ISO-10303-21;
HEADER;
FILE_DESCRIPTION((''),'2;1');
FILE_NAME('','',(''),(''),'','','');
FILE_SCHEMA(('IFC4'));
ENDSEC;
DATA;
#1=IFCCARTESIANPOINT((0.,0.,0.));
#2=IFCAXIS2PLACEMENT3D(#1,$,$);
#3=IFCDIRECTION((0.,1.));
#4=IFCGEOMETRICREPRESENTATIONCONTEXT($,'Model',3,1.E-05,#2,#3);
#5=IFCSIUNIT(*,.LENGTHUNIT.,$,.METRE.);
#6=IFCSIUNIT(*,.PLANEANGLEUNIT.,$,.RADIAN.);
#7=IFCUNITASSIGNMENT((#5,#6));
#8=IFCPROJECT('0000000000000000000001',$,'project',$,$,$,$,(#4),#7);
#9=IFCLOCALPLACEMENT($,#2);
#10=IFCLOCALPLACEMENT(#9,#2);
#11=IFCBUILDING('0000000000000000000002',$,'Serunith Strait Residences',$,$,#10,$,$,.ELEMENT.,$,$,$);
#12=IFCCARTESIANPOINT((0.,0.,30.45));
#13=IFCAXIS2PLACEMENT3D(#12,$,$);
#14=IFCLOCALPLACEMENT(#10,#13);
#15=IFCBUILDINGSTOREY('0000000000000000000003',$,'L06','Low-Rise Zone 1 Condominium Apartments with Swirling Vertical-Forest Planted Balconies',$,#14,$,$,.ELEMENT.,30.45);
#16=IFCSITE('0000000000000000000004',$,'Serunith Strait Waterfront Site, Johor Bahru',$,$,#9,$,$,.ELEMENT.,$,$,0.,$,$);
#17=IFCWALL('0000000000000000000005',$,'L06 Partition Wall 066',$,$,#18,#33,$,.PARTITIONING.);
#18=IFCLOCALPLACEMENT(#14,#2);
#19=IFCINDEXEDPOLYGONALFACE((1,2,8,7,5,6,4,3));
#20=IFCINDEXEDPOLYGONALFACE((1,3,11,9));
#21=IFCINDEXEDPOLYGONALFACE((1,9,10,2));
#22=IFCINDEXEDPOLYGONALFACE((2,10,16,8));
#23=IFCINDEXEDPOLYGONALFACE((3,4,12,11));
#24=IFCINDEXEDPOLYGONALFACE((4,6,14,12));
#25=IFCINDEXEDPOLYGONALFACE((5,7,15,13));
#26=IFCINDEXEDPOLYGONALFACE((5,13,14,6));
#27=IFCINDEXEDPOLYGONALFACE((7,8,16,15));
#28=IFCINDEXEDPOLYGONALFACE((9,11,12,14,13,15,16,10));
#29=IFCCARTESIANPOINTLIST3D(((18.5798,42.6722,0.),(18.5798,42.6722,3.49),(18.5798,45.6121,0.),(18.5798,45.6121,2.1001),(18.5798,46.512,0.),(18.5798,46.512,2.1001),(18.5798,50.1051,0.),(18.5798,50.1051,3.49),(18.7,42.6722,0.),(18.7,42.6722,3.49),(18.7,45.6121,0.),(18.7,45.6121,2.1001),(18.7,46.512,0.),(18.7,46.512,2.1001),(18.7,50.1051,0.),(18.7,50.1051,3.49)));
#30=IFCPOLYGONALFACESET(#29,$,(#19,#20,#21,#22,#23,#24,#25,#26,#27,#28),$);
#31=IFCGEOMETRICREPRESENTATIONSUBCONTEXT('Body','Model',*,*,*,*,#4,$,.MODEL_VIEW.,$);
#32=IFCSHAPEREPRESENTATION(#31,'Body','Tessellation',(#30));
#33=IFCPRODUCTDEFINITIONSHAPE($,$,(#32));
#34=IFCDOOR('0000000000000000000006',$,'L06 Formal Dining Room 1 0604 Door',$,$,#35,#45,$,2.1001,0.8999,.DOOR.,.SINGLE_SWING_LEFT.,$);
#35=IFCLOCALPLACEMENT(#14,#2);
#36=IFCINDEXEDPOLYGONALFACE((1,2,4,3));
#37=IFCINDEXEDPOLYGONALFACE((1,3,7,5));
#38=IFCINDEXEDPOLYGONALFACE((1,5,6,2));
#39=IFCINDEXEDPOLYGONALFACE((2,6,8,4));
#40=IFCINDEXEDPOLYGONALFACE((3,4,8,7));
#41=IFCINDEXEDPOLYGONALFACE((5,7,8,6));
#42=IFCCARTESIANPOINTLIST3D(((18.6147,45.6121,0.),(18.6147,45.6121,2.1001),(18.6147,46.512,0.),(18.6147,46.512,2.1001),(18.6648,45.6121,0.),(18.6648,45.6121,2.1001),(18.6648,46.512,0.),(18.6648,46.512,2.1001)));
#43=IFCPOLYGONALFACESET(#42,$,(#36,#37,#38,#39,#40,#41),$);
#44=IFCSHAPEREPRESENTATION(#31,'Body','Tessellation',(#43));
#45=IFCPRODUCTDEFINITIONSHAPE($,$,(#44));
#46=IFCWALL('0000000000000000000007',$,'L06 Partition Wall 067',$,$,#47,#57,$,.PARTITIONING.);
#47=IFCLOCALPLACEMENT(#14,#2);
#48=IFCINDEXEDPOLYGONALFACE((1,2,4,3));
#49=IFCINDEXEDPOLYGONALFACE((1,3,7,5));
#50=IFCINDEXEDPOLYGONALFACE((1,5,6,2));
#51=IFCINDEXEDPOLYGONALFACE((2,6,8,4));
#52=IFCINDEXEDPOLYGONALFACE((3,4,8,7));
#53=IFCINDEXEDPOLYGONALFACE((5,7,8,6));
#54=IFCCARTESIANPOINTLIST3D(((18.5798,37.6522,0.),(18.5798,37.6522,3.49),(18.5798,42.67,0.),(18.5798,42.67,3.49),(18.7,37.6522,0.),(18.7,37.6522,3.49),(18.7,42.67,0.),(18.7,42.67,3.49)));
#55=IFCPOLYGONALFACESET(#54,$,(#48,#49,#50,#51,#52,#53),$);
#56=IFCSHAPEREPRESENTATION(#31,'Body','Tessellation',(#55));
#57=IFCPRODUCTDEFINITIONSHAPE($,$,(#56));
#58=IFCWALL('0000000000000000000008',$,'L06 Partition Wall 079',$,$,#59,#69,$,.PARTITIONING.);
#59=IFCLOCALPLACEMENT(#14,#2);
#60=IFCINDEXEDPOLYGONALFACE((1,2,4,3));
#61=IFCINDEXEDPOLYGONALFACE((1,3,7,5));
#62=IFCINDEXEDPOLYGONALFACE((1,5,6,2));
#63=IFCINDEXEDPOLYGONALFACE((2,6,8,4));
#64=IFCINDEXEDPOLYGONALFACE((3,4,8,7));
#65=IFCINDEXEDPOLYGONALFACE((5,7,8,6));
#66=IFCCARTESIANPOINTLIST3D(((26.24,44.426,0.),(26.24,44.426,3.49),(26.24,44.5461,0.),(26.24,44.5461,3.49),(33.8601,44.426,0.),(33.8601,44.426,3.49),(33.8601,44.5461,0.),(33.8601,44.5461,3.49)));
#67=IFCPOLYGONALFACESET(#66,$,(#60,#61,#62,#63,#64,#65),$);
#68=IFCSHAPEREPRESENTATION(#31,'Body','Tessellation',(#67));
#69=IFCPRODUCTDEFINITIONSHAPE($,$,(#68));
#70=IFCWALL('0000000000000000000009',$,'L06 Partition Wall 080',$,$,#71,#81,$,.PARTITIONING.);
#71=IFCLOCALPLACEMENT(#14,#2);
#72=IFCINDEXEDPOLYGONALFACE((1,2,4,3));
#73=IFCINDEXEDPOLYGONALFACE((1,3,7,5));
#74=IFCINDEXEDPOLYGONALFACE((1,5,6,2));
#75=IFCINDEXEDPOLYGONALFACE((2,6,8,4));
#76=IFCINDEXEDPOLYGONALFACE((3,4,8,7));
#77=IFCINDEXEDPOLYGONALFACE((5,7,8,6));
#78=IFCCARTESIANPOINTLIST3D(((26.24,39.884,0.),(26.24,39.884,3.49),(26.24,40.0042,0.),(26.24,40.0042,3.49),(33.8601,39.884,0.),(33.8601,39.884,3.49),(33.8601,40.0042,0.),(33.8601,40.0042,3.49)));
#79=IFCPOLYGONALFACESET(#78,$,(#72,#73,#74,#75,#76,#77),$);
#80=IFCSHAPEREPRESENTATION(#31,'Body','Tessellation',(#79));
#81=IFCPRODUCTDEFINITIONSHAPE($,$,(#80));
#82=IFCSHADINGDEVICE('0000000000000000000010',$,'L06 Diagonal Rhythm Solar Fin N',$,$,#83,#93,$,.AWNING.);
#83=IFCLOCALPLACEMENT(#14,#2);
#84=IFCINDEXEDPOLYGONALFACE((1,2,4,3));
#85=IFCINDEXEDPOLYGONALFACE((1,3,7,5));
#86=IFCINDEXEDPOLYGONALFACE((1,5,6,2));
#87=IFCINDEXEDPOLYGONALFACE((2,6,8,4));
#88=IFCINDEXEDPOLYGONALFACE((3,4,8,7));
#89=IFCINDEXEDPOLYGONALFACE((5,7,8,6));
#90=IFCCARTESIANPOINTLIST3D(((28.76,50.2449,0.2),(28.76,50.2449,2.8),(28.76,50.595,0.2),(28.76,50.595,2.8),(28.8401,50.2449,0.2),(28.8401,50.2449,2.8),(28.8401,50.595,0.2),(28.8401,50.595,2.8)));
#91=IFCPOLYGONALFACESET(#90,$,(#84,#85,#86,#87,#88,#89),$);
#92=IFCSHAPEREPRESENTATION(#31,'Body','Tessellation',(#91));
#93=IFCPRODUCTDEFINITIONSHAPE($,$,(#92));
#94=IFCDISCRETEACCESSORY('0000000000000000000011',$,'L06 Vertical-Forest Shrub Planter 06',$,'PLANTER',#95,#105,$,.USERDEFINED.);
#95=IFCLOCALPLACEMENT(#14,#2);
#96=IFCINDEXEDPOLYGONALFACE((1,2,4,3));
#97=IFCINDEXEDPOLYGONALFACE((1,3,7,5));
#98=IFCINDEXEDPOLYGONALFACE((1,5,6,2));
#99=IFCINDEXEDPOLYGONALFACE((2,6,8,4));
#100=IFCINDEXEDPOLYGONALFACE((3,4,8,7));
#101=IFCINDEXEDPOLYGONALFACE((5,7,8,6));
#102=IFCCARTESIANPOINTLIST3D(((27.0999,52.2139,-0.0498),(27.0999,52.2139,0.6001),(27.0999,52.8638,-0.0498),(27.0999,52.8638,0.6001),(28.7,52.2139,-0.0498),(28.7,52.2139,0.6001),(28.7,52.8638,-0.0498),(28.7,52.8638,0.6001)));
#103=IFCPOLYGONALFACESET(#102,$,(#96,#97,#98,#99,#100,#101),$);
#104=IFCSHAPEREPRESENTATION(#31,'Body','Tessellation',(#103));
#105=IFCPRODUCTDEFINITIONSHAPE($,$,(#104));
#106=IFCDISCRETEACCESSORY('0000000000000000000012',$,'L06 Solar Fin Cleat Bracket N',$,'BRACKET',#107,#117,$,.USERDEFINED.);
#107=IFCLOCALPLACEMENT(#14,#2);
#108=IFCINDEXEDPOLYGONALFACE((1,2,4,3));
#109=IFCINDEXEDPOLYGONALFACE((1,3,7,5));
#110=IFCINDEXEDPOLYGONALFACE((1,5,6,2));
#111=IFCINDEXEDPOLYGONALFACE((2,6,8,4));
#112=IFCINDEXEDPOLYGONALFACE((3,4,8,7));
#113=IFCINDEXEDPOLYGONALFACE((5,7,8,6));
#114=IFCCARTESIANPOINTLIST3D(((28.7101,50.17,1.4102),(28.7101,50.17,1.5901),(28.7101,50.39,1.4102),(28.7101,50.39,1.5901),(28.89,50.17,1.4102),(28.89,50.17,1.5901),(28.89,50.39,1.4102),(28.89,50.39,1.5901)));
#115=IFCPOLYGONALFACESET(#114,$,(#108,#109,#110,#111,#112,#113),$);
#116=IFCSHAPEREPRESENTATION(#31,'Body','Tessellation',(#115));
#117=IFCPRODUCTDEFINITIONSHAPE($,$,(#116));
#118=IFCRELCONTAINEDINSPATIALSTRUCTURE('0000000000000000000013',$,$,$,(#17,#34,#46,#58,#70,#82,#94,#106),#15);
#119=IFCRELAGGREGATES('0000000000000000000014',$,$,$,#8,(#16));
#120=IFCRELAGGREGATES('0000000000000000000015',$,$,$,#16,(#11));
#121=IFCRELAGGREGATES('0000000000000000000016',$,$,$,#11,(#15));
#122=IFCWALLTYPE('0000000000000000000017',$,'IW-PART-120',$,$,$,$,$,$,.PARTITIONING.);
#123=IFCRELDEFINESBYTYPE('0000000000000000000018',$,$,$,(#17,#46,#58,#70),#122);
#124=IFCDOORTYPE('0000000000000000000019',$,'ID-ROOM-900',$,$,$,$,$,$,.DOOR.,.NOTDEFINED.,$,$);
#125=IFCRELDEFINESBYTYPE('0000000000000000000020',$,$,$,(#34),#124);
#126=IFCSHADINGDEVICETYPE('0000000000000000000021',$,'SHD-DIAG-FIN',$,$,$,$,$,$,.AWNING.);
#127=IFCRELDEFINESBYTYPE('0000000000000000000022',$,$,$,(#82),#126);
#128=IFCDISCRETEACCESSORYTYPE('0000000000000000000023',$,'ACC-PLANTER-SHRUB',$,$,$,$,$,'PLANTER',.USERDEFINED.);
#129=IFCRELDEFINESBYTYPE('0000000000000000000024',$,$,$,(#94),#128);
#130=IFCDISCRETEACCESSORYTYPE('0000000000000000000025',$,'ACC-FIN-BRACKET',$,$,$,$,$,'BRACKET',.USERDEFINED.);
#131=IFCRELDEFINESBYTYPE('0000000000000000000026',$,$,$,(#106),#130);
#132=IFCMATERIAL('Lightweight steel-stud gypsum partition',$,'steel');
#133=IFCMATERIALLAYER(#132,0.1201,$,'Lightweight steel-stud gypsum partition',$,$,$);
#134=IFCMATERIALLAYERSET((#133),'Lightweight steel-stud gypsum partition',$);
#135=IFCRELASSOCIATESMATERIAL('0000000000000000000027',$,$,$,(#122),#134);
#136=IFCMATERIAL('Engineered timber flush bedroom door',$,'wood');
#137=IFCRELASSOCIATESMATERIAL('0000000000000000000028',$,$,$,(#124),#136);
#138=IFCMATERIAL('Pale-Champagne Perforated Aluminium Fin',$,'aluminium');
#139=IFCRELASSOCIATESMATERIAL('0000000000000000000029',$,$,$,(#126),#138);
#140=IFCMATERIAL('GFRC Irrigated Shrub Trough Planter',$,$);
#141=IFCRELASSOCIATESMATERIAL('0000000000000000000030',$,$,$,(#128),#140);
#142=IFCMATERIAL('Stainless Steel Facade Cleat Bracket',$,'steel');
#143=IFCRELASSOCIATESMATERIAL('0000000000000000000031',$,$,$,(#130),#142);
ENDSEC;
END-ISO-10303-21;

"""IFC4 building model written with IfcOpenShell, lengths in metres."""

from ifc_helpers import new_model, si_unit, direction, frame, frame_2d, origin, origin_2d, place, context, subcontext, project, spatial, rectangle, extrude, source, transform, mapped, material, layer, layer_set, type_object, element, fill, save


model = new_model("IFC4")

# Units and contexts
model_context = context("Model", 3, precision=1e-05, world=origin(), true_north=direction((0.0, 1.0)))
body_context = subcontext(model_context, "Body", "Model", "MODEL_VIEW")
ifc_project = project(units=[si_unit("LENGTHUNIT", "METRE"), si_unit("PLANEANGLEUNIT", "RADIAN")], contexts=[model_context])

# Site, building, storey
site_placement = place(None, origin())
site = spatial("IfcSite", under=ifc_project, at=site_placement, Name="Serunith Strait Waterfront Site, Johor Bahru", CompositionType="ELEMENT", RefElevation=0.0)
building_placement = place(site_placement, origin())
building = spatial("IfcBuilding", under=site, at=building_placement, Name="Serunith Strait Residences", CompositionType="ELEMENT")
storey_placement = place(building_placement, frame((0.0, 0.0, 30.45)))
storey = spatial("IfcBuildingStorey", under=building, at=storey_placement, Name="L06", Description="Low-Rise Zone 1 Condominium Apartments with Swirling Vertical-Forest Planted Balconies", CompositionType="ELEMENT", Elevation=30.45)

# Shared definitions
ifc_material_1 = material(Name="Lightweight steel-stud gypsum partition", Category="steel")
ifc_layer_1 = layer(ifc_material_1, 0.1201, Name="Lightweight steel-stud gypsum partition")
ifc_layer_set_1 = layer_set([ifc_layer_1], Name="Lightweight steel-stud gypsum partition")
wall_type = type_object("IfcWallType", Name="IW-PART-120", PredefinedType="PARTITIONING", material=ifc_layer_set_1)

# Wall, opening, door
wall_1_placement = place(storey_placement, frame((18.6399, 50.105, 0.0), z_axis=(0.0, 0.0, 1.0), x_axis=(0.0, -1.0, 0.0)))
wall_1 = element("IfcWall", 1, at=wall_1_placement, inside=storey, type_object=wall_type, Name="L06 Partition Wall 066", PredefinedType="PARTITIONING", context=body_context, shape_type="SweptSolid", body=[
    extrude(rectangle(XDim=7.4329, YDim=0.1201, at=frame_2d((3.7163, 0.0))), origin(), (0.0, 0.0, 1.0), 3.49),
])
opening_1_placement = place(wall_1_placement, frame((3.593, 0.0, 0.0)))
opening_1 = element("IfcOpeningElement", 2, at=opening_1_placement, cuts=wall_1, PredefinedType="OPENING", context=body_context, shape_type="SweptSolid", body=[
    extrude(rectangle(XDim=0.8999, YDim=2.1001, at=frame_2d((0.45, 1.05))), frame((0.0, 0.0701, 0.0), z_axis=(0.0, -1.0, 0.0), x_axis=(1.0, 0.0, 0.0)), (0.0, 0.0, 1.0), 0.1401),
])
ifc_material_2 = material(Name="Engineered timber flush bedroom door", Category="wood")
door_type_1 = type_object("IfcDoorType", Name="ID-ROOM-900", OperationType="NOTDEFINED", PredefinedType="DOOR", material=ifc_material_2)
shared_shape_1 = source(origin(), body_context, "Body", "SweptSolid", [
    extrude(rectangle(XDim=0.8999, YDim=2.1001, at=frame_2d((0.45, 1.05))), frame((0.0, 0.0249, 0.0), z_axis=(0.0, -1.0, 0.0), x_axis=(1.0, 0.0, 0.0)), (0.0, 0.0, 1.0), 0.05),
])
door_1_placement = place(opening_1_placement, origin())
door_1 = element("IfcDoor", 3, at=door_1_placement, inside=storey, type_object=door_type_1, Name="L06 Formal Dining Room 1 0604 Door", OperationType="SINGLE_SWING_LEFT", OverallHeight=2.1001, OverallWidth=0.8999, PredefinedType="DOOR", context=body_context, shape_type="MappedRepresentation", body=[
    mapped(shared_shape_1, transform((0.0, 0.0, 0.0), scale=1.0)),
])
fill(opening_1, door_1)

# Walls
wall_2_placement = place(storey_placement, frame((18.6399, 42.6699, 0.0), z_axis=(0.0, 0.0, 1.0), x_axis=(0.0, -1.0, 0.0)))
element("IfcWall", 4, at=wall_2_placement, inside=storey, type_object=wall_type, Name="L06 Partition Wall 067", PredefinedType="PARTITIONING", context=body_context, shape_type="SweptSolid", body=[
    extrude(rectangle(XDim=5.0178, YDim=0.1201, at=frame_2d((2.5088, 0.0))), origin(), (0.0, 0.0, 1.0), 3.49),
])
for number, where, z_axis, x_axis, name in (
    (5, (26.24, 44.4861, 0.0), (0.0, 0.0, 1.0), (1.0, 0.0, 0.0), "L06 Partition Wall 079"),
    (6, (26.24, 39.9441, 0.0), (0.0, 0.0, 1.0), (1.0, 0.0, 0.0), "L06 Partition Wall 080"),
):
    element("IfcWall", number, at=place(storey_placement, frame(where, z_axis=z_axis, x_axis=x_axis)), inside=storey, type_object=wall_type, Name=name, PredefinedType="PARTITIONING", context=body_context, shape_type="SweptSolid", body=[
        extrude(rectangle(XDim=7.6201, YDim=0.1201, at=frame_2d((3.8101, 0.0))), origin(), (0.0, 0.0, 1.0), 3.49),
    ])

# Shading device
ifc_material_3 = material(Name="Pale-Champagne Perforated Aluminium Fin", Category="aluminium")
shading_device_type = type_object("IfcShadingDeviceType", Name="SHD-DIAG-FIN", PredefinedType="AWNING", material=ifc_material_3)
shared_shape_2 = source(origin(), body_context, "Body", "SweptSolid", [
    extrude(rectangle(XDim=0.0801, YDim=0.3501, at=origin_2d()), origin(), (0.0, 0.0, 1.0), 2.6001),
])
shading_device_placement = place(storey_placement, frame((28.8, 50.4199, 0.2), z_axis=(0.0, 0.0, 1.0), x_axis=(1.0, 0.0, 0.0)))
element("IfcShadingDevice", 7, at=shading_device_placement, inside=storey, type_object=shading_device_type, Name="L06 Diagonal Rhythm Solar Fin N", PredefinedType="AWNING", context=body_context, shape_type="MappedRepresentation", body=[
    mapped(shared_shape_2, transform((0.0, 0.0, 0.0), scale=1.0)),
])

# Discrete accessories
ifc_material_4 = material(Name="GFRC Irrigated Shrub Trough Planter")
discrete_accessory_type_1 = type_object("IfcDiscreteAccessoryType", Name="ACC-PLANTER-SHRUB", ElementType="PLANTER", PredefinedType="USERDEFINED", material=ifc_material_4)
shared_shape_3 = source(origin(), body_context, "Body", "SweptSolid", [
    extrude(rectangle(XDim=1.6001, YDim=0.6499, at=origin_2d()), origin(), (0.0, 0.0, 1.0), 0.6499),
])
discrete_accessory_1_placement = place(storey_placement, frame((27.8999, 52.5388, -0.0498), z_axis=(0.0, 0.0, 1.0), x_axis=(-1.0, 0.0, 0.0)))
element("IfcDiscreteAccessory", 8, at=discrete_accessory_1_placement, inside=storey, type_object=discrete_accessory_type_1, Name="L06 Vertical-Forest Shrub Planter 06", ObjectType="PLANTER", PredefinedType="USERDEFINED", context=body_context, shape_type="MappedRepresentation", body=[
    mapped(shared_shape_3, transform((0.0, 0.0, 0.0), scale=1.0)),
])
ifc_material_5 = material(Name="Stainless Steel Facade Cleat Bracket", Category="steel")
discrete_accessory_type_2 = type_object("IfcDiscreteAccessoryType", Name="ACC-FIN-BRACKET", ElementType="BRACKET", PredefinedType="USERDEFINED", material=ifc_material_5)
shared_shape_4 = source(origin(), body_context, "Body", "SweptSolid", [
    extrude(rectangle(XDim=0.1799, YDim=0.22, at=origin_2d()), origin(), (0.0, 0.0, 1.0), 0.1799),
])
discrete_accessory_2_placement = place(storey_placement, frame((28.8, 50.28, 1.4102), z_axis=(0.0, 0.0, 1.0), x_axis=(1.0, 0.0, 0.0)))
element("IfcDiscreteAccessory", 9, at=discrete_accessory_2_placement, inside=storey, type_object=discrete_accessory_type_2, Name="L06 Solar Fin Cleat Bracket N", ObjectType="BRACKET", PredefinedType="USERDEFINED", context=body_context, shape_type="MappedRepresentation", body=[
    mapped(shared_shape_4, transform((0.0, 0.0, 0.0), scale=1.0)),
])

save(model, "model.ifc")
